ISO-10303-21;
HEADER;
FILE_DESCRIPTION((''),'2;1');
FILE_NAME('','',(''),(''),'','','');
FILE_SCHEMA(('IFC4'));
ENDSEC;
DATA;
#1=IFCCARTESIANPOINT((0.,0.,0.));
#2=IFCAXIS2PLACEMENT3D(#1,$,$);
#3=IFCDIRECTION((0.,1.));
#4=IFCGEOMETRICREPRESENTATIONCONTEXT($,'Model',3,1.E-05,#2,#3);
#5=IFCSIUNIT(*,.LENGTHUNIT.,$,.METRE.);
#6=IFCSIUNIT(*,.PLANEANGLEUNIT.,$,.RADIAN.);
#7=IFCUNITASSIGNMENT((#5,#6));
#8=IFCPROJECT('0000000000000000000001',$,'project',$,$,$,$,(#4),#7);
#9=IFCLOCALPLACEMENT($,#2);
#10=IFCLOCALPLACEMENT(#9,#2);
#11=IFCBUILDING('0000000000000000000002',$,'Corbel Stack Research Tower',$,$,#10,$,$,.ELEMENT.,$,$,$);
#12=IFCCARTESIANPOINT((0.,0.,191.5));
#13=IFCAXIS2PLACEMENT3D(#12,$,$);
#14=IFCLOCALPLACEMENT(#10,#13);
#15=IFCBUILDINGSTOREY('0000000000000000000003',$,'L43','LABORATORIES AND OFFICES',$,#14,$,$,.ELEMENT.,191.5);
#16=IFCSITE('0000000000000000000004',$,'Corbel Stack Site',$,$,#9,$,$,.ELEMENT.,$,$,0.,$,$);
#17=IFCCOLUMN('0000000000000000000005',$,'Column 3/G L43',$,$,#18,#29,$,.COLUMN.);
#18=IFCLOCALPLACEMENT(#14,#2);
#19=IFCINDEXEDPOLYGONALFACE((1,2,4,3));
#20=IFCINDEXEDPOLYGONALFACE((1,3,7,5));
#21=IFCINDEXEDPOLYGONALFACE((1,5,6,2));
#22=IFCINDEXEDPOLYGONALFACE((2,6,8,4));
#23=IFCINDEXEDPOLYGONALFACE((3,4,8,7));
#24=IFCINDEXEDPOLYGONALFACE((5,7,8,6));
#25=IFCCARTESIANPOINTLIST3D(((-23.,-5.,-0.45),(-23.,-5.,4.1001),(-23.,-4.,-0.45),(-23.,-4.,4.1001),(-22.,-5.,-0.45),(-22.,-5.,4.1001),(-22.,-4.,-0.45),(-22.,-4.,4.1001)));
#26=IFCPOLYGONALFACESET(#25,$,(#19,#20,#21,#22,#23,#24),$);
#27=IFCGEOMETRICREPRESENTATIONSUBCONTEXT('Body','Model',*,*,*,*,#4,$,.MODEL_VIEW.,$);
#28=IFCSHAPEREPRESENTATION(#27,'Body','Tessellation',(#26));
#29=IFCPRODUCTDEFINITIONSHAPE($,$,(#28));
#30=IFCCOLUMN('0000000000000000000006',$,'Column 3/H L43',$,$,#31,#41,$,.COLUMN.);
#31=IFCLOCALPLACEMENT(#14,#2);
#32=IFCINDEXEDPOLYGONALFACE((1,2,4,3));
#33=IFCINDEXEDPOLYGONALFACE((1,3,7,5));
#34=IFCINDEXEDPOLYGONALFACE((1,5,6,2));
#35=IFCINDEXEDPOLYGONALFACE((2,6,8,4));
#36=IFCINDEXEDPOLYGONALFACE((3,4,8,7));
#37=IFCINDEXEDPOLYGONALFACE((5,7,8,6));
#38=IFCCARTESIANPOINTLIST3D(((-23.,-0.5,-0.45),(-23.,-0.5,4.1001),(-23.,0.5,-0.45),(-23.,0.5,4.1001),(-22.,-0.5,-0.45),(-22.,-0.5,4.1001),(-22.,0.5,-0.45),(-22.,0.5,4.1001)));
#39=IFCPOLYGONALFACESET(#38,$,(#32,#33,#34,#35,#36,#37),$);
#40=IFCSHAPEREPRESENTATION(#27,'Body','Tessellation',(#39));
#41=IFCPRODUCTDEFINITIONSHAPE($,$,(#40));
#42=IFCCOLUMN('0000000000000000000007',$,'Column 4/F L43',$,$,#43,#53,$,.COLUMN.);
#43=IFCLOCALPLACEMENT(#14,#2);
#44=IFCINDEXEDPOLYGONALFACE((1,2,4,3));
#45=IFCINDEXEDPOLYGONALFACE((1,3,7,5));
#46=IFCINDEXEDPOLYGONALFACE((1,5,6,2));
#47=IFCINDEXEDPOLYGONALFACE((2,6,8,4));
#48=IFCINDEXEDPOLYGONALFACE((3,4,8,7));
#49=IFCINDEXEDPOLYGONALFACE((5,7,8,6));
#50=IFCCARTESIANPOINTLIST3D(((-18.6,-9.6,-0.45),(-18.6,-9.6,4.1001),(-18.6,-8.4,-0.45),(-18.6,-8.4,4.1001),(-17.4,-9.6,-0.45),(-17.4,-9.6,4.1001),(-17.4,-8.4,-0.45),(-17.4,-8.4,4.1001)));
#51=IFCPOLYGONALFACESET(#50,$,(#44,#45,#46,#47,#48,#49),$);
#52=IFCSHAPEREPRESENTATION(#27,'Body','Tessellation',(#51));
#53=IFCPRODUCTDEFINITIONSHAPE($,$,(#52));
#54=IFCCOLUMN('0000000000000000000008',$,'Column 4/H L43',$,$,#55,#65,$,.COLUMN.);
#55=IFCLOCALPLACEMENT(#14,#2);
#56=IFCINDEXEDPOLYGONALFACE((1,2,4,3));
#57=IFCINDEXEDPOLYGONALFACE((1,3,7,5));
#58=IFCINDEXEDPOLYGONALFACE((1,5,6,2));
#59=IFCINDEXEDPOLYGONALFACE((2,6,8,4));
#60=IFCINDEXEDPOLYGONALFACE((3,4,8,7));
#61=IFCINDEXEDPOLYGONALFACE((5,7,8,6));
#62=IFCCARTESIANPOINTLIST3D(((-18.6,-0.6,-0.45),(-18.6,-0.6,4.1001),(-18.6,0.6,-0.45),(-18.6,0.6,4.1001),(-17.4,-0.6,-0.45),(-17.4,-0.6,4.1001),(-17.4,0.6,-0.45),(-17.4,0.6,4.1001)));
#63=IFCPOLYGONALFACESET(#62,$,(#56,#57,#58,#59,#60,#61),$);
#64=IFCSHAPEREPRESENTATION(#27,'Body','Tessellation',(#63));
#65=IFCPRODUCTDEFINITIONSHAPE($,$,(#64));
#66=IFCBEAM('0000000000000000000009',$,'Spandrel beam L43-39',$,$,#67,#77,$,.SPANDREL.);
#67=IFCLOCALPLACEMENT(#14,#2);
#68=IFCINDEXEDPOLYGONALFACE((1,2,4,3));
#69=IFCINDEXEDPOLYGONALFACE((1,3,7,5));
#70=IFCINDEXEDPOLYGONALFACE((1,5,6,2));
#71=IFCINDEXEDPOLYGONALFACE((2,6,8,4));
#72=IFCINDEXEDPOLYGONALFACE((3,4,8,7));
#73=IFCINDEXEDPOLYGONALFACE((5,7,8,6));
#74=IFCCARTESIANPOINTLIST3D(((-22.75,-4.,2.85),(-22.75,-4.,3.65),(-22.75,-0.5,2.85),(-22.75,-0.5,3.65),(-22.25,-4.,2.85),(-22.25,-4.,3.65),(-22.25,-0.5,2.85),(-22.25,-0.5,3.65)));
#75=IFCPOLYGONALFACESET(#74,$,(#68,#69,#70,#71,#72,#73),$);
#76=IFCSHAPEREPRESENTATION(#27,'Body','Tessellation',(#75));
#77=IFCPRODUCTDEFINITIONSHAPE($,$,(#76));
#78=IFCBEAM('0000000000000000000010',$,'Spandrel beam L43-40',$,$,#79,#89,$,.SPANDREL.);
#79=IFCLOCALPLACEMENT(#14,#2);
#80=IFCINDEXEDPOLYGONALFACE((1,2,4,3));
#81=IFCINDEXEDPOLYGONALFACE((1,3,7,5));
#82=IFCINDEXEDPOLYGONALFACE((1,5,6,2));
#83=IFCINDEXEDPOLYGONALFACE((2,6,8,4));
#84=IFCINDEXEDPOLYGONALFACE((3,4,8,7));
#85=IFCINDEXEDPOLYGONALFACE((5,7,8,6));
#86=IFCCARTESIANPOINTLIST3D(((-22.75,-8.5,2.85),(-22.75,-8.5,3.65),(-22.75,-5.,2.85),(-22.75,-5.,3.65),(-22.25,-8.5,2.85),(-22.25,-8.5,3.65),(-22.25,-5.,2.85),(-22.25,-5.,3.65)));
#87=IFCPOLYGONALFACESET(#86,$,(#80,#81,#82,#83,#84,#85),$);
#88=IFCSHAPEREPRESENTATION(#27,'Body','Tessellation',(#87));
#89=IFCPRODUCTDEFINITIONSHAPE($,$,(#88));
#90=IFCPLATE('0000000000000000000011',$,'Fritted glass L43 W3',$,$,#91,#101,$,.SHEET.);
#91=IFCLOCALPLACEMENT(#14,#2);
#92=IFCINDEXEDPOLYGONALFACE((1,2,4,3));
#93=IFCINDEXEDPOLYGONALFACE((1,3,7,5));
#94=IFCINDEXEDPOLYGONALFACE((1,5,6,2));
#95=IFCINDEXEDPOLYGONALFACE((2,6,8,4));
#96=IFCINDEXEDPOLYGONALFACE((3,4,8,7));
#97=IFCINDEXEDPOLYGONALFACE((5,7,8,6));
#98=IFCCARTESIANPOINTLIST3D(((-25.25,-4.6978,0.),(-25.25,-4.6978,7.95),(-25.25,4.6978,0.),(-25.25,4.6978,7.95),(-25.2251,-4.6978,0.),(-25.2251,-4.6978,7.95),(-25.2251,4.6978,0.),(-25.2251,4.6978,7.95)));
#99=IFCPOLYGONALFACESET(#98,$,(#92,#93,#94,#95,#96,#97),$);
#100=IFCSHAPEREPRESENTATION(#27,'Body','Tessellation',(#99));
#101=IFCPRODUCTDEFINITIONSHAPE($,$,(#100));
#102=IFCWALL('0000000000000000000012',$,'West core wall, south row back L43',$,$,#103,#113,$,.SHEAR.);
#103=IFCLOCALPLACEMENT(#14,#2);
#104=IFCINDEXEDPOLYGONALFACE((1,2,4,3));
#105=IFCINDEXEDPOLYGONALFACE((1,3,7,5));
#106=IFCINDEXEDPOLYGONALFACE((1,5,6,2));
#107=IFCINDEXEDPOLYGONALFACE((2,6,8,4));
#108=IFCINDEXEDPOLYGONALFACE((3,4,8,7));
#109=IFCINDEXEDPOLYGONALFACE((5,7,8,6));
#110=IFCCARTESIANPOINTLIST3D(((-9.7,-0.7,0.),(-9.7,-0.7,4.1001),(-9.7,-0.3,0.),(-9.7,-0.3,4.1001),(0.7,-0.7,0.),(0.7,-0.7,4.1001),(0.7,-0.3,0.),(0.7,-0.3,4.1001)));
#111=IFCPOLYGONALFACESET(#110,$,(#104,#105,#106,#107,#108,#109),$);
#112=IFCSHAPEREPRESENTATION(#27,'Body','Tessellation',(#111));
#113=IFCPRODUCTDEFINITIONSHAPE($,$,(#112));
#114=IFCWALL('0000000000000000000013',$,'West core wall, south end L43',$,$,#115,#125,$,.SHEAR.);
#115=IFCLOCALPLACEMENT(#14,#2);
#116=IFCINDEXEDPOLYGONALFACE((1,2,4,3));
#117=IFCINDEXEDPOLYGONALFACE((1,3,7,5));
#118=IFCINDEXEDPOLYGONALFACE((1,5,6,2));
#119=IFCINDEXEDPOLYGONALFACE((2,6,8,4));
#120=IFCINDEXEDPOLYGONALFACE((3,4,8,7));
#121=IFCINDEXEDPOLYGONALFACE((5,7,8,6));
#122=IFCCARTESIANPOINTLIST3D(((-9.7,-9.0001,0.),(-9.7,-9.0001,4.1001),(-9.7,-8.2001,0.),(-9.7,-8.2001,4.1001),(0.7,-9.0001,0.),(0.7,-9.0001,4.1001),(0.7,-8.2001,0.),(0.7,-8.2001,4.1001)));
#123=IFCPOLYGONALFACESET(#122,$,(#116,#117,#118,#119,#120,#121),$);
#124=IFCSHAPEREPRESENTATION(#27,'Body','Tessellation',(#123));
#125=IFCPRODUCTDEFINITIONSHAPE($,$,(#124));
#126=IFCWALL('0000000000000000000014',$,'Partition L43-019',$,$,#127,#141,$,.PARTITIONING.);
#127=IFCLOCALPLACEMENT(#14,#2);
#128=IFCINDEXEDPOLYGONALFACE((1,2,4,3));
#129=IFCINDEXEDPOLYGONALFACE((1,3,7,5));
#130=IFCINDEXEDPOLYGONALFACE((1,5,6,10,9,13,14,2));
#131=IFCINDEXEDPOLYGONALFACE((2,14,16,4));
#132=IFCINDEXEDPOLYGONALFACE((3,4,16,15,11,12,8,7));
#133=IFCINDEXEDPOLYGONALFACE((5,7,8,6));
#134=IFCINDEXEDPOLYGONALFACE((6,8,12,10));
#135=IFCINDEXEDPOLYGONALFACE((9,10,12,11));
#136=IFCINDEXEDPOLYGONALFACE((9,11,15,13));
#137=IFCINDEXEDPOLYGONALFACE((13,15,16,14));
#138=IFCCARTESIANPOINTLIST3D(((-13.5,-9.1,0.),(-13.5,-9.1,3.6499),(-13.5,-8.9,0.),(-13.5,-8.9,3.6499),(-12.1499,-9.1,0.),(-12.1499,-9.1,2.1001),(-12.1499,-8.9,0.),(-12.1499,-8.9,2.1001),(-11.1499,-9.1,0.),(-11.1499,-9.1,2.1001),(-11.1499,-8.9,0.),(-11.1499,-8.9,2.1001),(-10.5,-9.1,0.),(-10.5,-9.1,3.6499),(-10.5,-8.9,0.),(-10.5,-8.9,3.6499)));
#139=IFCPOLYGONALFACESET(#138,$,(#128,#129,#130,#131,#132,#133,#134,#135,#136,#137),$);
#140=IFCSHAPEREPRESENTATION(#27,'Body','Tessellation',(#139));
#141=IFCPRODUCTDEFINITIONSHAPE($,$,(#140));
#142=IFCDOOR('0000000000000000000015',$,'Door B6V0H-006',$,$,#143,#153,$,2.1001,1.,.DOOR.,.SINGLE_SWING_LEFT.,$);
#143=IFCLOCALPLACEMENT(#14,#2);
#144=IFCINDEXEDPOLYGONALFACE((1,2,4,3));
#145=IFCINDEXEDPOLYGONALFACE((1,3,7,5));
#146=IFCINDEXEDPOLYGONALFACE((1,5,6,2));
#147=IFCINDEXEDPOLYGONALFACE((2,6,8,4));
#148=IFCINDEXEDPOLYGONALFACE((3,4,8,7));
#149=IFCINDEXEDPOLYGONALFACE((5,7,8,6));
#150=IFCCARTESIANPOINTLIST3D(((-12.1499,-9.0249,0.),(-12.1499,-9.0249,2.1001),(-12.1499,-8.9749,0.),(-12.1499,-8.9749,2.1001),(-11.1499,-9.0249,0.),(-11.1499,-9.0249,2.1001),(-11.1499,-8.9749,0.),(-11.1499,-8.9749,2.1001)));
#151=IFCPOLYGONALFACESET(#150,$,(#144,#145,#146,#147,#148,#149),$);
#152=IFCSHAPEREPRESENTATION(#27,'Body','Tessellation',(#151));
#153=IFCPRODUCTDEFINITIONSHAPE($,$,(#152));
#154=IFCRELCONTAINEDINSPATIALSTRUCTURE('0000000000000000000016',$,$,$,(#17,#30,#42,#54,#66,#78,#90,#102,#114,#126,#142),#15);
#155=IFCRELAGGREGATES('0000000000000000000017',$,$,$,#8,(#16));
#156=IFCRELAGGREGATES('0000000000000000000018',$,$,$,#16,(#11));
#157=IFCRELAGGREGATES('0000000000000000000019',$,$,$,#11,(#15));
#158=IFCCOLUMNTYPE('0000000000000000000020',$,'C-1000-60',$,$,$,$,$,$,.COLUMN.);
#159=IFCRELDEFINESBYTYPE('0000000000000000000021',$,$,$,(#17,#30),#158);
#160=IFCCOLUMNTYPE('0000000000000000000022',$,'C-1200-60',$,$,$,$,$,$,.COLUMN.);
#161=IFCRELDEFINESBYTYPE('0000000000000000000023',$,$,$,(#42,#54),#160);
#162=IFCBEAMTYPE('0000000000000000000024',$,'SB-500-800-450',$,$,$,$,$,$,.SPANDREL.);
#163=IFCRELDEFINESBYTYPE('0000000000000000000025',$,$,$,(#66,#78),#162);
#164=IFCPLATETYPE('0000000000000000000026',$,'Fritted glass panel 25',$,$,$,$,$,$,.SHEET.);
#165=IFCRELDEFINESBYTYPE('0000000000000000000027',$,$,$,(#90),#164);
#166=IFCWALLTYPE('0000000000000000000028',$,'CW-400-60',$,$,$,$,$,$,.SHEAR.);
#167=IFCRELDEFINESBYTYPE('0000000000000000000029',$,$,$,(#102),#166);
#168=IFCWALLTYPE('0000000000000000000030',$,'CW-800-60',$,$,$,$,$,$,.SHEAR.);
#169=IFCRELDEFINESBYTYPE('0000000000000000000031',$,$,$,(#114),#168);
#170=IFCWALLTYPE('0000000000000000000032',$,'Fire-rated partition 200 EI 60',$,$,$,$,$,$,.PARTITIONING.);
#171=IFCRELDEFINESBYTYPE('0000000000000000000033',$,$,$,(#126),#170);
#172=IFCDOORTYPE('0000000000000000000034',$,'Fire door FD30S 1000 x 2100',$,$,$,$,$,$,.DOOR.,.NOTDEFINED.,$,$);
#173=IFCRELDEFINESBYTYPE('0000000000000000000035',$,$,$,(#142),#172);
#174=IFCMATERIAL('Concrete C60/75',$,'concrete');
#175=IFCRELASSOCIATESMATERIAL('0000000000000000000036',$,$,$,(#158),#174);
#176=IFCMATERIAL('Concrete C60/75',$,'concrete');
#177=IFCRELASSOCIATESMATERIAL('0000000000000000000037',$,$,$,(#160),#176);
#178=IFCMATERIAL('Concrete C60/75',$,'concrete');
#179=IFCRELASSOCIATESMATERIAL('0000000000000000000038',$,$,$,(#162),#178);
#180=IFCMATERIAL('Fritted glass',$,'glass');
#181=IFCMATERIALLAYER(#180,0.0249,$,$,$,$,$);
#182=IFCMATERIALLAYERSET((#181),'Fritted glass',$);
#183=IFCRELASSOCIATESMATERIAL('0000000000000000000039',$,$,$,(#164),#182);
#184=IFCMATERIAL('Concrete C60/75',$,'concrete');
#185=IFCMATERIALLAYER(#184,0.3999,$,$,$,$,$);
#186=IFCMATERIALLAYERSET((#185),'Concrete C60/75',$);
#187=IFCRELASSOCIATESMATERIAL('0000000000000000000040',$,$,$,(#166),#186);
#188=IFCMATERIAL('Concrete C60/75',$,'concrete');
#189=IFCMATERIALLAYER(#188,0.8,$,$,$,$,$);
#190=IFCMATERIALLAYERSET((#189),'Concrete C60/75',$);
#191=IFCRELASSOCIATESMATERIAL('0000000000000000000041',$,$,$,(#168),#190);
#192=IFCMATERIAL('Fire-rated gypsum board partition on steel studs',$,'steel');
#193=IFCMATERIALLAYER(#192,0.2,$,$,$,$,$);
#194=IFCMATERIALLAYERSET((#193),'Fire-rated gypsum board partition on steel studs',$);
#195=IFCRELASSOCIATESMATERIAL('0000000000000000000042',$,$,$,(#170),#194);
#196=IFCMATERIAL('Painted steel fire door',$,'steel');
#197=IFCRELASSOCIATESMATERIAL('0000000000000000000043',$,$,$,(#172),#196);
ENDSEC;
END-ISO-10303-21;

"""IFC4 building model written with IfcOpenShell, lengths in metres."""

from ifc_helpers import new_model, si_unit, direction, frame, frame_2d, origin, origin_2d, place, context, subcontext, project, spatial, rectangle, extrude, material, layer, layer_set, material_profile, profile_set, type_object, element, fill, save


model = new_model("IFC4")

# Units and contexts
model_context = context("Model", 3, precision=1e-05, world=origin(), true_north=direction((0.0, 1.0)))
body_context = subcontext(model_context, "Body", "Model", "MODEL_VIEW")
ifc_project = project(units=[si_unit("LENGTHUNIT", "METRE"), si_unit("PLANEANGLEUNIT", "RADIAN")], contexts=[model_context])

# Site, building, storey
site_placement = place(None, origin())
site = spatial("IfcSite", under=ifc_project, at=site_placement, Name="Corbel Stack Site", CompositionType="ELEMENT", RefElevation=0.0)
building_placement = place(site_placement, origin())
building = spatial("IfcBuilding", under=site, at=building_placement, Name="Corbel Stack Research Tower", CompositionType="ELEMENT")
storey_placement = place(building_placement, frame((0.0, 0.0, 191.5)))
storey = spatial("IfcBuildingStorey", under=building, at=storey_placement, Name="L43", Description="LABORATORIES AND OFFICES", CompositionType="ELEMENT", Elevation=191.5)

# Columns
ifc_material_1 = material(Name="Concrete C60/75", Category="concrete")
ifc_material_profile_1 = material_profile(ifc_material_1, rectangle(XDim=1.0, YDim=1.0, at=origin_2d()), Name="RC 1000 x 1000")
ifc_profile_set_1 = profile_set([ifc_material_profile_1], Name="Concrete C60/75")
column_type_1 = type_object("IfcColumnType", Name="C-1000-60", PredefinedType="COLUMN", material=ifc_profile_set_1)
for number, where, z_axis, x_axis, name in (
    (1, (-22.5, -4.5, -0.45), (0.0, 0.0, 1.0), (1.0, 0.0, 0.0), "Column 3/G L43"),
    (2, (-22.5, 0.0, -0.45), (0.0, 0.0, 1.0), (1.0, 0.0, 0.0), "Column 3/H L43"),
):
    element("IfcColumn", number, at=place(storey_placement, frame(where, z_axis=z_axis, x_axis=x_axis)), inside=storey, type_object=column_type_1, Name=name, PredefinedType="COLUMN", context=body_context, shape_type="SweptSolid", body=[
        extrude(rectangle(XDim=1.0, YDim=1.0, at=origin_2d()), origin(), (0.0, 0.0, 1.0), 4.55),
    ])
ifc_material_2 = material(Name="Concrete C60/75", Category="concrete")
ifc_material_profile_2 = material_profile(ifc_material_2, rectangle(XDim=1.2, YDim=1.2, at=origin_2d()), Name="RC 1200 x 1200")
ifc_profile_set_2 = profile_set([ifc_material_profile_2], Name="Concrete C60/75")
column_type_2 = type_object("IfcColumnType", Name="C-1200-60", PredefinedType="COLUMN", material=ifc_profile_set_2)
for number, where, z_axis, x_axis, name in (
    (3, (-18.0, -9.0, -0.45), (0.0, 0.0, 1.0), (1.0, 0.0, 0.0), "Column 4/F L43"),
    (4, (-18.0, 0.0, -0.45), (0.0, 0.0, 1.0), (1.0, 0.0, 0.0), "Column 4/H L43"),
):
    element("IfcColumn", number, at=place(storey_placement, frame(where, z_axis=z_axis, x_axis=x_axis)), inside=storey, type_object=column_type_2, Name=name, PredefinedType="COLUMN", context=body_context, shape_type="SweptSolid", body=[
        extrude(rectangle(XDim=1.2, YDim=1.2, at=origin_2d()), origin(), (0.0, 0.0, 1.0), 4.55),
    ])

# Beams
ifc_material_3 = material(Name="Concrete C60/75", Category="concrete")
ifc_material_profile_3 = material_profile(ifc_material_3, rectangle(XDim=0.5, YDim=0.8, at=origin_2d()), Name="RC 500 x 800")
ifc_profile_set_3 = profile_set([ifc_material_profile_3], Name="Concrete C60/75")
beam_type = type_object("IfcBeamType", Name="SB-500-800-450", PredefinedType="SPANDREL", material=ifc_profile_set_3)
for number, where, z_axis, x_axis, name in (
    (5, (-22.5, -0.5, 3.25), (0.0, -1.0, 0.0), (1.0, 0.0, 0.0), "Spandrel beam L43-39"),
    (6, (-22.5, -5.0, 3.25), (0.0, -1.0, 0.0), (1.0, 0.0, 0.0), "Spandrel beam L43-40"),
):
    element("IfcBeam", number, at=place(storey_placement, frame(where, z_axis=z_axis, x_axis=x_axis)), inside=storey, type_object=beam_type, Name=name, PredefinedType="SPANDREL", context=body_context, shape_type="SweptSolid", body=[
        extrude(rectangle(XDim=0.5, YDim=0.8, at=origin_2d()), origin(), (0.0, 0.0, 1.0), 3.5),
    ])

# Plate
ifc_material_4 = material(Name="Fritted glass", Category="glass")
ifc_layer_1 = layer(ifc_material_4, 0.0249)
ifc_layer_set_1 = layer_set([ifc_layer_1], Name="Fritted glass")
plate_type = type_object("IfcPlateType", Name="Fritted glass panel 25", PredefinedType="SHEET", material=ifc_layer_set_1)
plate_placement = place(storey_placement, frame((-25.2375, 0.0, 0.0), z_axis=(0.0, 0.0, 1.0), x_axis=(0.0, -1.0, 0.0)))
element("IfcPlate", 7, at=plate_placement, inside=storey, type_object=plate_type, Name="Fritted glass L43 W3", PredefinedType="SHEET", context=body_context, shape_type="SweptSolid", body=[
    extrude(rectangle(XDim=9.3955, YDim=0.0249, at=origin_2d()), origin(), (0.0, 0.0, 1.0), 7.95),
])

# Wall
ifc_material_5 = material(Name="Concrete C60/75", Category="concrete")
ifc_layer_2 = layer(ifc_material_5, 0.3999)
ifc_layer_set_2 = layer_set([ifc_layer_2], Name="Concrete C60/75")
wall_type_1 = type_object("IfcWallType", Name="CW-400-60", PredefinedType="SHEAR", material=ifc_layer_set_2)
wall_1_placement = place(storey_placement, frame((-9.7, -0.5, 0.0), z_axis=(0.0, 0.0, 1.0), x_axis=(1.0, 0.0, 0.0)))
element("IfcWall", 8, at=wall_1_placement, inside=storey, type_object=wall_type_1, Name="West core wall, south row back L43", PredefinedType="SHEAR", context=body_context, shape_type="SweptSolid", body=[
    extrude(rectangle(XDim=10.3999, YDim=0.3999, at=frame_2d((5.2, 0.0))), origin(), (0.0, 0.0, 1.0), 4.1001),
])

# Shared definitions
ifc_material_6 = material(Name="Concrete C60/75", Category="concrete")
ifc_layer_3 = layer(ifc_material_6, 0.8)
ifc_layer_set_3 = layer_set([ifc_layer_3], Name="Concrete C60/75")
wall_type_2 = type_object("IfcWallType", Name="CW-800-60", PredefinedType="SHEAR", material=ifc_layer_set_3)

# Wall
wall_2_placement = place(storey_placement, frame((-9.7, -8.6001, 0.0), z_axis=(0.0, 0.0, 1.0), x_axis=(1.0, 0.0, 0.0)))
element("IfcWall", 9, at=wall_2_placement, inside=storey, type_object=wall_type_2, Name="West core wall, south end L43", PredefinedType="SHEAR", context=body_context, shape_type="SweptSolid", body=[
    extrude(rectangle(XDim=10.3999, YDim=0.8, at=frame_2d((5.2, 0.0))), origin(), (0.0, 0.0, 1.0), 4.1001),
])

# Wall, opening, door
ifc_material_7 = material(Name="Fire-rated gypsum board partition on steel studs", Category="steel")
ifc_layer_4 = layer(ifc_material_7, 0.2)
ifc_layer_set_4 = layer_set([ifc_layer_4], Name="Fire-rated gypsum board partition on steel studs")
wall_type_3 = type_object("IfcWallType", Name="Fire-rated partition 200 EI 60", PredefinedType="PARTITIONING", material=ifc_layer_set_4)
wall_3_placement = place(storey_placement, frame((-10.5, -9.0, 0.0), z_axis=(0.0, 0.0, 1.0), x_axis=(-1.0, 0.0, 0.0)))
wall_3 = element("IfcWall", 10, at=wall_3_placement, inside=storey, type_object=wall_type_3, Name="Partition L43-019", PredefinedType="PARTITIONING", context=body_context, shape_type="SweptSolid", body=[
    extrude(rectangle(XDim=3.0, YDim=0.2, at=frame_2d((1.5, 0.0))), origin(), (0.0, 0.0, 1.0), 3.6499),
])
opening_1_placement = place(wall_3_placement, frame((0.6499, 0.0, 0.0)))
opening_1 = element("IfcOpeningElement", 11, at=opening_1_placement, cuts=wall_3, PredefinedType="OPENING", context=body_context, shape_type="SweptSolid", body=[
    extrude(rectangle(XDim=1.0, YDim=2.1001, at=frame_2d((0.5, 1.05))), frame((0.0, 0.1099, 0.0), z_axis=(0.0, -1.0, 0.0), x_axis=(1.0, 0.0, 0.0)), (0.0, 0.0, 1.0), 0.22),
])
ifc_material_8 = material(Name="Painted steel fire door", Category="steel")
door_type_1 = type_object("IfcDoorType", Name="Fire door FD30S 1000 x 2100", OperationType="NOTDEFINED", PredefinedType="DOOR", material=ifc_material_8)
door_1_placement = place(opening_1_placement, origin())
door_1 = element("IfcDoor", 12, at=door_1_placement, inside=storey, type_object=door_type_1, Name="Door B6V0H-006", OperationType="SINGLE_SWING_LEFT", OverallHeight=2.1001, OverallWidth=1.0, PredefinedType="DOOR", context=body_context, shape_type="SweptSolid", body=[
    extrude(rectangle(XDim=1.0, YDim=2.1001, at=frame_2d((0.5, 1.05))), frame((0.0, 0.0249, 0.0), z_axis=(0.0, -1.0, 0.0), x_axis=(1.0, 0.0, 0.0)), (0.0, 0.0, 1.0), 0.05),
])
fill(opening_1, door_1)

save(model, "model.ifc")
